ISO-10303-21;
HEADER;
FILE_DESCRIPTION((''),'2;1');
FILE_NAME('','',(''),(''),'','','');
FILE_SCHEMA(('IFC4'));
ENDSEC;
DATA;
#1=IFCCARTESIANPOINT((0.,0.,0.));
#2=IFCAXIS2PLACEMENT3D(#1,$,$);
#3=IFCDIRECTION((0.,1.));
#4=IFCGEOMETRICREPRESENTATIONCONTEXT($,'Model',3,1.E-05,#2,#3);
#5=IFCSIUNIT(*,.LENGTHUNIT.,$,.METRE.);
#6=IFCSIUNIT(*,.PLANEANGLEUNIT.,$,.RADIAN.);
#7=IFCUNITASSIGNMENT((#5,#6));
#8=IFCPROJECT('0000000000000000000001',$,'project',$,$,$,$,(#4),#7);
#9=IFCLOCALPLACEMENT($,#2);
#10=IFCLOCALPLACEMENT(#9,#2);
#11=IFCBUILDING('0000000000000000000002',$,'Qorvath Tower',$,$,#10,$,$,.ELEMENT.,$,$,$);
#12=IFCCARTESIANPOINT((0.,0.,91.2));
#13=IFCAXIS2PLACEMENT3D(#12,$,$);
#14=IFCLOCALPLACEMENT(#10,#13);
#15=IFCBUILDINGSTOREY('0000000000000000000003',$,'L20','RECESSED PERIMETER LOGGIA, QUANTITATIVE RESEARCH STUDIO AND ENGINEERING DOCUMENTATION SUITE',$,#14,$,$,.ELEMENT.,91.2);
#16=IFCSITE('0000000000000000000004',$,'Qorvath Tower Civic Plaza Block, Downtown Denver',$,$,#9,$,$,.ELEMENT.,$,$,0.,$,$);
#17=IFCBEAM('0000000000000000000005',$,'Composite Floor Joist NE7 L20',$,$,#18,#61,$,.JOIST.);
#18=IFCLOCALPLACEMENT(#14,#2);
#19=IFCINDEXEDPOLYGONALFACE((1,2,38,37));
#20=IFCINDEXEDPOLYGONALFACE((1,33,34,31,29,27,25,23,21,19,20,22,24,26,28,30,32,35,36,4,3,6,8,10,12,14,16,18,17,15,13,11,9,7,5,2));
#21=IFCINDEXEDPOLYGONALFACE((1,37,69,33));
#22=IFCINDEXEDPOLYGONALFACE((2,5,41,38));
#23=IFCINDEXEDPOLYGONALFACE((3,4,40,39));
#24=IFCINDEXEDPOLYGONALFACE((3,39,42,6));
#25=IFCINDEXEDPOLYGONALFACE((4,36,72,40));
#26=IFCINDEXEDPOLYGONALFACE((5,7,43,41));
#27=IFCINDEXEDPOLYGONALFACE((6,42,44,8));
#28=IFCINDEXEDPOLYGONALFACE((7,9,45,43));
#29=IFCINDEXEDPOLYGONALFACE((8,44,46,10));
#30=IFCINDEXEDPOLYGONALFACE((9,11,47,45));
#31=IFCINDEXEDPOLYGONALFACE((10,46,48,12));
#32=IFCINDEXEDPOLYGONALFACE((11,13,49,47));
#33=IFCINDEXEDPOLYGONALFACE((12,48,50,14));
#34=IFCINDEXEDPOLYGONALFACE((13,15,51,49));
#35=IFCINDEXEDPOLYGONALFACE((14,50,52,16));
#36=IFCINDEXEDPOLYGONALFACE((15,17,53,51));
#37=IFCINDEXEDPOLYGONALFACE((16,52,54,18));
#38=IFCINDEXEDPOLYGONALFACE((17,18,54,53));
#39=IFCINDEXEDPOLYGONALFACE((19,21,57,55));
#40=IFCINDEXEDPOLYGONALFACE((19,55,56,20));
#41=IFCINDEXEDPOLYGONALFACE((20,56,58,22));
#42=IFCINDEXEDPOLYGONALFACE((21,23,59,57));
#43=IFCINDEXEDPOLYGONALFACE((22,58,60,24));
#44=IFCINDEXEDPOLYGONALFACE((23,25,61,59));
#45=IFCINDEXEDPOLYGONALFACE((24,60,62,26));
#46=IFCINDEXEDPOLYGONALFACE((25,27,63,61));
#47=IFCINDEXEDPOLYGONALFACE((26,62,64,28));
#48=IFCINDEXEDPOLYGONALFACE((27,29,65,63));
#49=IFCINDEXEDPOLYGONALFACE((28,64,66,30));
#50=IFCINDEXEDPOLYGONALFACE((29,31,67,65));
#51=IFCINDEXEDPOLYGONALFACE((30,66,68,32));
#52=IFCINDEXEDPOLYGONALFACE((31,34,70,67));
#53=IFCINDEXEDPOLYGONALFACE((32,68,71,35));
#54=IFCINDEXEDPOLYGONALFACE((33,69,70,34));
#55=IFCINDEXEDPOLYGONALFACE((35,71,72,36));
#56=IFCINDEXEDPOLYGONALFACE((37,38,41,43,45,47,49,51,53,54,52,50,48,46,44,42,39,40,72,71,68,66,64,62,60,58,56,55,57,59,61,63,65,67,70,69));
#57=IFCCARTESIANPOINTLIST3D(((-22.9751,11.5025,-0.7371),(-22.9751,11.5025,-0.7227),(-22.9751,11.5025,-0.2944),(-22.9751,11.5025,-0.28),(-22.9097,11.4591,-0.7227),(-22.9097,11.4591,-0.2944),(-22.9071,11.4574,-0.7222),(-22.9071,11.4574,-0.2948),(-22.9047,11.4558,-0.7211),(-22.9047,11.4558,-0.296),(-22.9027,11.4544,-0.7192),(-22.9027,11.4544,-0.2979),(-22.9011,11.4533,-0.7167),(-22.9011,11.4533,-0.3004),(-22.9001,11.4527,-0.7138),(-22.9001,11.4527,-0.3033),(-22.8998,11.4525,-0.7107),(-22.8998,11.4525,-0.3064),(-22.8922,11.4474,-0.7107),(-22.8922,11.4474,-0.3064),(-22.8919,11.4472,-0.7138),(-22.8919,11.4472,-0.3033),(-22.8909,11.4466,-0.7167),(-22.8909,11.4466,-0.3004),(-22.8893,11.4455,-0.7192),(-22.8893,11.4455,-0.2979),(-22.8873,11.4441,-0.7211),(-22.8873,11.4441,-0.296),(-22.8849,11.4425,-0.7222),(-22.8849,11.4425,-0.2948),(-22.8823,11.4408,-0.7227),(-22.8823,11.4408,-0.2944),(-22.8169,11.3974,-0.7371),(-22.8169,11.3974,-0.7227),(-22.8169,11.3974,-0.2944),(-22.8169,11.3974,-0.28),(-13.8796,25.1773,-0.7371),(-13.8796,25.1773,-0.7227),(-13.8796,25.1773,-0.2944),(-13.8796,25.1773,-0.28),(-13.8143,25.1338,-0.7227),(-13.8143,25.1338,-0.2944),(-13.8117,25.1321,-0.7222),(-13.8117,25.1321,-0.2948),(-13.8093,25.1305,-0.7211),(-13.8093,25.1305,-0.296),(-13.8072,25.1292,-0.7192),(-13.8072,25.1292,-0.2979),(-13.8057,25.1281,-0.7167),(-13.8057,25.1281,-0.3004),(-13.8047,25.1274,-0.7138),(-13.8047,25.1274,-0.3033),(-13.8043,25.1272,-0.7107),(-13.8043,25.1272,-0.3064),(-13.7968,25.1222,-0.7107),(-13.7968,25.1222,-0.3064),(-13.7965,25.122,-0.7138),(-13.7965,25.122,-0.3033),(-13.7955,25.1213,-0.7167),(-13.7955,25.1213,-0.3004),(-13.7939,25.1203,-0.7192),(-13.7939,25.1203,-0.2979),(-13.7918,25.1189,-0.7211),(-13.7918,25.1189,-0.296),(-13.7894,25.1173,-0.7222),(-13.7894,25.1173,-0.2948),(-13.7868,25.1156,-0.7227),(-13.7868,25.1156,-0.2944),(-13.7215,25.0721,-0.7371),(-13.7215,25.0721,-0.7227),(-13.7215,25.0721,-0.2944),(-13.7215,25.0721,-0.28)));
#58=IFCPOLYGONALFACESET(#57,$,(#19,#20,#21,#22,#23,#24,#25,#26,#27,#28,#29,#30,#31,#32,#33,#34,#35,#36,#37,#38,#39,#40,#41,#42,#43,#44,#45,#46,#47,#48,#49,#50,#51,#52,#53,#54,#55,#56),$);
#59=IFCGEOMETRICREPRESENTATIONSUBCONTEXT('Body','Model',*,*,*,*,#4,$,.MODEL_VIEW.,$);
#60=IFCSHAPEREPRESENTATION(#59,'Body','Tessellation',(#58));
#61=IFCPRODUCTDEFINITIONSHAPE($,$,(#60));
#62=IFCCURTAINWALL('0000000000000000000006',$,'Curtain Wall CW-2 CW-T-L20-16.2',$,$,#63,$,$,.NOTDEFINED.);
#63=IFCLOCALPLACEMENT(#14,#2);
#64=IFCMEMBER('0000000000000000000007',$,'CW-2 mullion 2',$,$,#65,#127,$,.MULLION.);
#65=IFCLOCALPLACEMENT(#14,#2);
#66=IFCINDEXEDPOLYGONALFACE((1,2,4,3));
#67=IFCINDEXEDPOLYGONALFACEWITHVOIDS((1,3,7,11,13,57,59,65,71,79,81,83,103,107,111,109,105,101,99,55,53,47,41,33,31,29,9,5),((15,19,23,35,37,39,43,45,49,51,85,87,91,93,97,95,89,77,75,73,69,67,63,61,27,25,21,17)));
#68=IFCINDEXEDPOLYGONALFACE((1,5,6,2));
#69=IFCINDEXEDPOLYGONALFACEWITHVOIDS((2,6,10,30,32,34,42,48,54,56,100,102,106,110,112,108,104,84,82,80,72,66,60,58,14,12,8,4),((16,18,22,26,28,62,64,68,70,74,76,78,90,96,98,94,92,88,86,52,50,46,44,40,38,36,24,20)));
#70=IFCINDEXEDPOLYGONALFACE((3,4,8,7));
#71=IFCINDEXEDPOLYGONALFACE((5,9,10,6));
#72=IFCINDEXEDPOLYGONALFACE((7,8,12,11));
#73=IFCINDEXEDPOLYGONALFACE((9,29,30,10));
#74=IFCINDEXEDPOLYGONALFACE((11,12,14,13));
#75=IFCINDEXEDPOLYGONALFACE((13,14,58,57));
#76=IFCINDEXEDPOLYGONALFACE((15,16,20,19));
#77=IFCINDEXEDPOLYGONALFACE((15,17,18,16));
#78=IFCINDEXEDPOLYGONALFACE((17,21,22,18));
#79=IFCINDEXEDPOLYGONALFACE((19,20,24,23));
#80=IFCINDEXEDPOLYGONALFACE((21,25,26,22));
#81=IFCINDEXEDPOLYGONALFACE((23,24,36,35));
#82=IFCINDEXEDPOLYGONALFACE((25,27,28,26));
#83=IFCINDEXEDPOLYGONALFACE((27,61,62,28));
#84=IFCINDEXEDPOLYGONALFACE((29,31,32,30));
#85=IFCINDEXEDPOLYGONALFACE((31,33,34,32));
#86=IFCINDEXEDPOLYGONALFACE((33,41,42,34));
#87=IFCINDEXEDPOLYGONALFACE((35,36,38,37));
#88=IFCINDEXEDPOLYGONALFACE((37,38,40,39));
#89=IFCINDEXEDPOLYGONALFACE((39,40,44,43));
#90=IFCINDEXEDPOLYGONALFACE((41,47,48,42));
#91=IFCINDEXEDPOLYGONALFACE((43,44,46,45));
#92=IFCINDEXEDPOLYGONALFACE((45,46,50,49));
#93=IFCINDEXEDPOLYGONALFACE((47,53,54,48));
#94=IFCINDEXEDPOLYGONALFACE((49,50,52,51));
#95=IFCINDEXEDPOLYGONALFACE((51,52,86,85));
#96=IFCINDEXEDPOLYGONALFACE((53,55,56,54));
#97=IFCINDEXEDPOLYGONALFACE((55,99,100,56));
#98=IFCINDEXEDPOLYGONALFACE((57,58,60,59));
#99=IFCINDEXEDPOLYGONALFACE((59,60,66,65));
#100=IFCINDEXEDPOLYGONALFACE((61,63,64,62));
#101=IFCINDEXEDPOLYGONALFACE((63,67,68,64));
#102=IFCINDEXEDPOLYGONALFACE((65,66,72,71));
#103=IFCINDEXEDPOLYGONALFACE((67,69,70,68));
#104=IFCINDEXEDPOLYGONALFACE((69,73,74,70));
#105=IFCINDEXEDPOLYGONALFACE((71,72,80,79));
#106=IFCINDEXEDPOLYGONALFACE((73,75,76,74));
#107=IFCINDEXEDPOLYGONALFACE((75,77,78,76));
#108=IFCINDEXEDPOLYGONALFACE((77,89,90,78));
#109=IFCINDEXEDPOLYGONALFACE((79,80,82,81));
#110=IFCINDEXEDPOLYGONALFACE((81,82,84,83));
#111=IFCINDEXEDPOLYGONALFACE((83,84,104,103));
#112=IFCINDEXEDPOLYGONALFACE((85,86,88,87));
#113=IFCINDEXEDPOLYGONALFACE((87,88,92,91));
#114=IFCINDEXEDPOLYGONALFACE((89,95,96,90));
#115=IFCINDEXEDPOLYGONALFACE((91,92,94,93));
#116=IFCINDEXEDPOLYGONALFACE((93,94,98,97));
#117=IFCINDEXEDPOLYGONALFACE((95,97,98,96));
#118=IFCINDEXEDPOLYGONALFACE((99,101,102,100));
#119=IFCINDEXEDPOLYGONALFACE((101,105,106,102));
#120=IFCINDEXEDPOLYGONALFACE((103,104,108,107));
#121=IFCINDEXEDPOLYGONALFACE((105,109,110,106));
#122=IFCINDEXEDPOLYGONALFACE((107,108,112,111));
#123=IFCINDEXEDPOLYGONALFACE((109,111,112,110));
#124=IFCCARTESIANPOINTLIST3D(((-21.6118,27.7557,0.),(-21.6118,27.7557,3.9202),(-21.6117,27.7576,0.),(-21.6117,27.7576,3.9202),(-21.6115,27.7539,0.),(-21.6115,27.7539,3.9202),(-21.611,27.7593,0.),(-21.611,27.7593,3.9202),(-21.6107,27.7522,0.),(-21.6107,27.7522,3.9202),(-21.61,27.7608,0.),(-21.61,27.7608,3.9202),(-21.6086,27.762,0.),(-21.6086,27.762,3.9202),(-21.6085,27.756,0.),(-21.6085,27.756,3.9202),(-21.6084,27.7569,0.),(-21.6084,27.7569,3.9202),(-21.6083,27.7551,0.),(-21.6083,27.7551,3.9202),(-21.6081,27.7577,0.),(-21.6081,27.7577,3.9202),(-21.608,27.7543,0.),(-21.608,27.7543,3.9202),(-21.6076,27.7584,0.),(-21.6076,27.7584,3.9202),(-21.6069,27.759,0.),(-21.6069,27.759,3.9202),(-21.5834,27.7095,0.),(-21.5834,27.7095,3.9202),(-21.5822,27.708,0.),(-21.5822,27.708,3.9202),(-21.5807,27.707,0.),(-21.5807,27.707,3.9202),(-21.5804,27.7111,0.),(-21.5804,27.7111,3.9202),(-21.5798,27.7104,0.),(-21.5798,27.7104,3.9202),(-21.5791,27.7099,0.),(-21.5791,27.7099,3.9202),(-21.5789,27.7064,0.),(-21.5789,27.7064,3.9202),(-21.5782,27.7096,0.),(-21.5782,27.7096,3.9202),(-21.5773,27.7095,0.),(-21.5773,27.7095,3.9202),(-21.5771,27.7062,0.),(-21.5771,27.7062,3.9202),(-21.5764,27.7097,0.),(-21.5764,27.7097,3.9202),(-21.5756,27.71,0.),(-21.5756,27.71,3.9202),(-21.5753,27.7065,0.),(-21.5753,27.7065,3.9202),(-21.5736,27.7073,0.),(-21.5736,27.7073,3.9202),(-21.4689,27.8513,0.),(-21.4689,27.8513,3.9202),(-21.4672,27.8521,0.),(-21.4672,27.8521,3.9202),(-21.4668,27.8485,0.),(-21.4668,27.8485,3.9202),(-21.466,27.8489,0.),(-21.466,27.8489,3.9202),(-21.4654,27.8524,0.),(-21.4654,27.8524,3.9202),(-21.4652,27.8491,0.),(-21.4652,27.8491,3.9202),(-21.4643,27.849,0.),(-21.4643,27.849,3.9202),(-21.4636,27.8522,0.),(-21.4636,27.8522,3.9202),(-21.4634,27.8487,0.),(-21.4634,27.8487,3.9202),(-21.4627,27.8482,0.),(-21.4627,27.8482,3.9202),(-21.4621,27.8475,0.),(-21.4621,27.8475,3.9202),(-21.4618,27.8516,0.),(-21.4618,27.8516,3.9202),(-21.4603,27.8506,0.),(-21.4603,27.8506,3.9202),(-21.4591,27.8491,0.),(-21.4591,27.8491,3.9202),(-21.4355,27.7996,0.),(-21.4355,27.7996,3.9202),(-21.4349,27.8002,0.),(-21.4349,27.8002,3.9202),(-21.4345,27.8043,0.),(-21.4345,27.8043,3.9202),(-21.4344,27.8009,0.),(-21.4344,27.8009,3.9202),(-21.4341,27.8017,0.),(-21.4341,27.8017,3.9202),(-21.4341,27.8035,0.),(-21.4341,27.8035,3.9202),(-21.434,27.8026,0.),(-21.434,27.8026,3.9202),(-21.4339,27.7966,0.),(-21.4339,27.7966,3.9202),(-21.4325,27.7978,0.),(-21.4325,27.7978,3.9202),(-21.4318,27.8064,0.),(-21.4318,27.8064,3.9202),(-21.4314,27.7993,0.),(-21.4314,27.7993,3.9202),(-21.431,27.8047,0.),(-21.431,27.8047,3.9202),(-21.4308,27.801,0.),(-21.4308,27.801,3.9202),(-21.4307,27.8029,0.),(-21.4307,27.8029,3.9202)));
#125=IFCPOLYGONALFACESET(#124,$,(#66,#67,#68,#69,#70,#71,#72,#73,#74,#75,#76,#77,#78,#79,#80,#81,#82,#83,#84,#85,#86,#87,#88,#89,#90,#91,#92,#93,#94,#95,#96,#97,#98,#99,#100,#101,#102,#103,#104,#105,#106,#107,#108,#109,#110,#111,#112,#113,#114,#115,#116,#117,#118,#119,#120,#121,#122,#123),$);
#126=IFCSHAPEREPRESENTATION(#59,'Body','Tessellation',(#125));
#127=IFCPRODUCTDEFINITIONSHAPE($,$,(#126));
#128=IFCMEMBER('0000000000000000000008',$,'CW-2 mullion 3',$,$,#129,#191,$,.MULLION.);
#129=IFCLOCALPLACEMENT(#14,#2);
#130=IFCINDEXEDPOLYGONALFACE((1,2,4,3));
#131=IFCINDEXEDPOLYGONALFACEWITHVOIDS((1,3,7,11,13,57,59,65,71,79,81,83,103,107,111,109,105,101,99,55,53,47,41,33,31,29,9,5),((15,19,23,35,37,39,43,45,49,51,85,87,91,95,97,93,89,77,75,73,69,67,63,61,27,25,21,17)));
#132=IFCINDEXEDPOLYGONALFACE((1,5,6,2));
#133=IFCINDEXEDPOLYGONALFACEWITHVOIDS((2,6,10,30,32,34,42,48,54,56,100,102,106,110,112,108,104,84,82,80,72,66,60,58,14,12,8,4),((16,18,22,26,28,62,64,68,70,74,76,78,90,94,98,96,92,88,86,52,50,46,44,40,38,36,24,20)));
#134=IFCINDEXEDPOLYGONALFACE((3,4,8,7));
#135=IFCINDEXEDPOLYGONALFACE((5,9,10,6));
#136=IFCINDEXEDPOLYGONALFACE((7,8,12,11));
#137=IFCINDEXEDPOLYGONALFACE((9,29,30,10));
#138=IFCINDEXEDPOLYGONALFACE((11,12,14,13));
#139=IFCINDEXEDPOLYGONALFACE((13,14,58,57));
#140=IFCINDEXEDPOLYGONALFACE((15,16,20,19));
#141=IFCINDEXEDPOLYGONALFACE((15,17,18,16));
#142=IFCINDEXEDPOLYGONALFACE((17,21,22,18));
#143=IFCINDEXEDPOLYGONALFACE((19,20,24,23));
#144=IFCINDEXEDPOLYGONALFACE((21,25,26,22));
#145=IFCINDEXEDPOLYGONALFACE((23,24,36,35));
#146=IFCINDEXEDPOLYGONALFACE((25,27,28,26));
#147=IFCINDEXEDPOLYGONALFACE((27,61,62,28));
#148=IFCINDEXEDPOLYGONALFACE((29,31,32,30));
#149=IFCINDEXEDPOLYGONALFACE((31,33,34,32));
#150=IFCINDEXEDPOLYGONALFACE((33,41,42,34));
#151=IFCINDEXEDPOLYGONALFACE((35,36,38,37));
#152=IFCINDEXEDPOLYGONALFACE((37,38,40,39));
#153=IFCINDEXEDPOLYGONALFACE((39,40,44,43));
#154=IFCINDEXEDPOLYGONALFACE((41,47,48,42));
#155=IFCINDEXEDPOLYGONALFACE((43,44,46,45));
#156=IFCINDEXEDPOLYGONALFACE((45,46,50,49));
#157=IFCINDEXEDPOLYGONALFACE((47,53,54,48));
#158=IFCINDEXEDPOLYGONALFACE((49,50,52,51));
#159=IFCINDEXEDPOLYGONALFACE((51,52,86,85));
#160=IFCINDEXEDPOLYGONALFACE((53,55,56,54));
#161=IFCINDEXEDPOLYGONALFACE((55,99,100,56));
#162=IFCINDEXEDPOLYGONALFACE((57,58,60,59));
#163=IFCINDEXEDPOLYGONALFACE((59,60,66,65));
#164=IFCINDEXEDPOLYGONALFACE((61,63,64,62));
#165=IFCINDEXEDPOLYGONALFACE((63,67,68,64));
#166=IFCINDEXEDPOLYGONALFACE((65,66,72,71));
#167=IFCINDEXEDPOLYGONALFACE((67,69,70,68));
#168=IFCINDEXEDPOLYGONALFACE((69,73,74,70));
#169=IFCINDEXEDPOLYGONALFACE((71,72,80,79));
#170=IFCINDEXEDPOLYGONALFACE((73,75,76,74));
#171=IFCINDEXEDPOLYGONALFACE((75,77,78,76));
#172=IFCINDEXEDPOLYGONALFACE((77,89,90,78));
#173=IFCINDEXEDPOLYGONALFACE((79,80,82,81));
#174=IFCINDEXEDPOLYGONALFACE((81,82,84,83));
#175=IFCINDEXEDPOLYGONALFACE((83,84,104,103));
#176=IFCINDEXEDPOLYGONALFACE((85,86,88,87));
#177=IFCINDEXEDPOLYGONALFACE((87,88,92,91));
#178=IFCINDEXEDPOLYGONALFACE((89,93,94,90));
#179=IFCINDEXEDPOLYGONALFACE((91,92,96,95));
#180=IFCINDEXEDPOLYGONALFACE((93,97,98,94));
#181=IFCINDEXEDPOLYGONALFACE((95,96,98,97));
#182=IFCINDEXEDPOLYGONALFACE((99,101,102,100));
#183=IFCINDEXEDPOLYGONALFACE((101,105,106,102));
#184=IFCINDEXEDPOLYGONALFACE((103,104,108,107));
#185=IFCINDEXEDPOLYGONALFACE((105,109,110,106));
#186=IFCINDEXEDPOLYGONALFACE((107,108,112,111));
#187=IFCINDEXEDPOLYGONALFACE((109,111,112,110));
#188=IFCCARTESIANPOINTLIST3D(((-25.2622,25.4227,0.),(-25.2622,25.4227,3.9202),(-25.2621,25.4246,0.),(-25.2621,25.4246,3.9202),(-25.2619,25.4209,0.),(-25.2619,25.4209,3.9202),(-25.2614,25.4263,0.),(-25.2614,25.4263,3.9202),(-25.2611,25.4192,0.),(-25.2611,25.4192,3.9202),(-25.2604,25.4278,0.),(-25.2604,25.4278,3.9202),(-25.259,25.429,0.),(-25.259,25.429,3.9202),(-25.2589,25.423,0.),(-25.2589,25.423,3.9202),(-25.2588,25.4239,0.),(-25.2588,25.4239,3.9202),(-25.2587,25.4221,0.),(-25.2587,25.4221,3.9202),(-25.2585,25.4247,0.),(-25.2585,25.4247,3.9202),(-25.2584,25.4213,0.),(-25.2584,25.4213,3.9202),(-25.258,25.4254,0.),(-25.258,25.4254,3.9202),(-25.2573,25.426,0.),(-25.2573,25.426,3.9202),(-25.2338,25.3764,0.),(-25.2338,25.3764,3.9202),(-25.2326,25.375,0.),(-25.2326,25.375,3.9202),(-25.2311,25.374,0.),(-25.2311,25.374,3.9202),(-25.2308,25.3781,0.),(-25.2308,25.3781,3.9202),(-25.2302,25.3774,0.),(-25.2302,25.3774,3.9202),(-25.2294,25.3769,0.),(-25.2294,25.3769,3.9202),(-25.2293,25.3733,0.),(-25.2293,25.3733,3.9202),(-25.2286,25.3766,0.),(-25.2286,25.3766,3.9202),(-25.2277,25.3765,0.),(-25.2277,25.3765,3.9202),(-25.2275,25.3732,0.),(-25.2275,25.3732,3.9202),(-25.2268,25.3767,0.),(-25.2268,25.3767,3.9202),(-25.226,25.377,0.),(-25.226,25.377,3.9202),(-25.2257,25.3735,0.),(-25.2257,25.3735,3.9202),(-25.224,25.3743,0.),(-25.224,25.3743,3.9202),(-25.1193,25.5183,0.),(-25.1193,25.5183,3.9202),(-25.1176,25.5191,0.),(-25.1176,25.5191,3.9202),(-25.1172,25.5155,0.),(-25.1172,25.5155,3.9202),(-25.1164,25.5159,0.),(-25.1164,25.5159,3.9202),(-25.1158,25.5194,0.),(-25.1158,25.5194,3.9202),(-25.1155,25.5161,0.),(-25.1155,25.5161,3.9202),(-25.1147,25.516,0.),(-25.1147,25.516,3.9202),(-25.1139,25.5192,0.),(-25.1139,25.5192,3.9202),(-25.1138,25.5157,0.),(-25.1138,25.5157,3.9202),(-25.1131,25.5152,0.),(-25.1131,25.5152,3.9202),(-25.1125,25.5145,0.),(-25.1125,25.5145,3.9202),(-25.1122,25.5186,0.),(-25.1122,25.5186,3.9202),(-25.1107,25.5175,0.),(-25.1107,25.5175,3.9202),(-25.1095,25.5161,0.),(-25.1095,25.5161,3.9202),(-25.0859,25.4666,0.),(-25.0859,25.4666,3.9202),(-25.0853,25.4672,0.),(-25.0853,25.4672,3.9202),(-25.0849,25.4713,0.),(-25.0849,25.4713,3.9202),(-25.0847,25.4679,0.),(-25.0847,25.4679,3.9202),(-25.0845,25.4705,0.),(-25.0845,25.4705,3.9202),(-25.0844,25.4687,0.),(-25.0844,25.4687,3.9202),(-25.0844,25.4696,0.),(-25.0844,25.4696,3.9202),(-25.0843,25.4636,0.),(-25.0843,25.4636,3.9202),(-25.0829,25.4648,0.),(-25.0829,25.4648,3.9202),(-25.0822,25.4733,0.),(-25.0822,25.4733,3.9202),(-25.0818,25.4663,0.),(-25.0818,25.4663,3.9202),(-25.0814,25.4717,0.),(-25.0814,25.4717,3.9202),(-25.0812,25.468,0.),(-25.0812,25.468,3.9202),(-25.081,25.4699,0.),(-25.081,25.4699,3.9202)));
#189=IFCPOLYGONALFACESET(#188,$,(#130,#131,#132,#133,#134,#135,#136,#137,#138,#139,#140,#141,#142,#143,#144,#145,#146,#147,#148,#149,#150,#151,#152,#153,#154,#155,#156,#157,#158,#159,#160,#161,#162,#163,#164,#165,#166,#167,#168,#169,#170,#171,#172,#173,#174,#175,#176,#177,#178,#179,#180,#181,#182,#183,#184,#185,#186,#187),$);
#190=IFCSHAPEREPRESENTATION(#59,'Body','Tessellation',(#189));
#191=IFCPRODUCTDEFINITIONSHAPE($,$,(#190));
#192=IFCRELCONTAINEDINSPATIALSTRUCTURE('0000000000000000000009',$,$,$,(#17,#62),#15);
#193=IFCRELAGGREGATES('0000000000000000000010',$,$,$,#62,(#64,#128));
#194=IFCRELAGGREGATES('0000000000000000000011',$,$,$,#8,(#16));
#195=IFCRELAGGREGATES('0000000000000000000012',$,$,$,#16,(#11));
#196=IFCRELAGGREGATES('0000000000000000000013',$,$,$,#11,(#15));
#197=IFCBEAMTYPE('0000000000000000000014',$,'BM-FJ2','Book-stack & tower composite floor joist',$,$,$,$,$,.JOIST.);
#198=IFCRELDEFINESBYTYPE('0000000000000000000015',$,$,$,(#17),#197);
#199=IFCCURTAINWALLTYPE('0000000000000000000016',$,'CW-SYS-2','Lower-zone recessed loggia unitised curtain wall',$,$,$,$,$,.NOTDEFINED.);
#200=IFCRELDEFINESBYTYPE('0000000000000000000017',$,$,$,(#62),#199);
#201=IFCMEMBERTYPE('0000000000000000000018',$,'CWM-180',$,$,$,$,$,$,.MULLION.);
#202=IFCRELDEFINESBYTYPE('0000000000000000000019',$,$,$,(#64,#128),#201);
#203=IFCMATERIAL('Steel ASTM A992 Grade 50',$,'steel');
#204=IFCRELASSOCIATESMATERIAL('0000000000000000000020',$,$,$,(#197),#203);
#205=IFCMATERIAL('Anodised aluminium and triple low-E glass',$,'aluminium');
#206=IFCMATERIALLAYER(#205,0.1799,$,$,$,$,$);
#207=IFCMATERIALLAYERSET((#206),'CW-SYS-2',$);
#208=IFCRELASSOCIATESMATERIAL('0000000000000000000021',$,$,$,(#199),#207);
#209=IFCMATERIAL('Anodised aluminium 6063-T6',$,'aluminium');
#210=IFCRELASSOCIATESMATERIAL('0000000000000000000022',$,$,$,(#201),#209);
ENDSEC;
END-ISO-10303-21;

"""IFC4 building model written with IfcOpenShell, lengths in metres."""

from ifc_helpers import new_model, si_unit, direction, frame, origin, origin_2d, place, context, subcontext, project, spatial, hollow_rectangle, i_section, extrude, material, layer, layer_set, material_profile, profile_set, type_object, element, aggregate, save


model = new_model("IFC4")

# Units and contexts
model_context = context("Model", 3, precision=1e-05, world=origin(), true_north=direction((0.0, 1.0)))
body_context = subcontext(model_context, "Body", "Model", "MODEL_VIEW")
ifc_project = project(units=[si_unit("LENGTHUNIT", "METRE"), si_unit("PLANEANGLEUNIT", "RADIAN")], contexts=[model_context])

# Site, building, storey
site_placement = place(None, origin())
site = spatial("IfcSite", under=ifc_project, at=site_placement, Name="Qorvath Tower Civic Plaza Block, Downtown Denver", CompositionType="ELEMENT", RefElevation=0.0)
building_placement = place(site_placement, origin())
building = spatial("IfcBuilding", under=site, at=building_placement, Name="Qorvath Tower", CompositionType="ELEMENT")
storey_placement = place(building_placement, frame((0.0, 0.0, 91.2)))
storey = spatial("IfcBuildingStorey", under=building, at=storey_placement, Name="L20", Description="RECESSED PERIMETER LOGGIA, QUANTITATIVE RESEARCH STUDIO AND ENGINEERING DOCUMENTATION SUITE", CompositionType="ELEMENT", Elevation=91.2)

# Beam
ifc_material_1 = material(Name="Steel ASTM A992 Grade 50", Category="steel")
ifc_material_profile_1 = material_profile(ifc_material_1, i_section(OverallWidth=0.1899, OverallDepth=0.457, WebThickness=0.009, FlangeThickness=0.0144, FilletRadius=0.012, at=origin_2d()), Name="W18x50")
ifc_profile_set_1 = profile_set([ifc_material_profile_1], Name="Steel ASTM A992 Grade 50")
beam_type_1 = type_object("IfcBeamType", Name="BM-FJ2", Description="Book-stack & tower composite floor joist", PredefinedType="JOIST", material=ifc_profile_set_1)
beam_1_placement = place(storey_placement, frame((-22.896, 11.45, -0.5085), z_axis=(0.553811, 0.832642, 0.0), x_axis=(-0.832642, 0.553811, 0.0)))
element("IfcBeam", 1, at=beam_1_placement, inside=storey, type_object=beam_type_1, Name="Composite Floor Joist NE7 L20", PredefinedType="JOIST", context=body_context, shape_type="SweptSolid", body=[
    extrude(i_section(OverallWidth=0.1899, OverallDepth=0.457, WebThickness=0.009, FlangeThickness=0.0144, FilletRadius=0.012, at=origin_2d()), origin(), (0.0, 0.0, 1.0), 16.4233),
])

# Curtain wall, members
ifc_material_2 = material(Name="Anodised aluminium and triple low-E glass", Category="aluminium")
ifc_layer_1 = layer(ifc_material_2, 0.1799)
ifc_layer_set_1 = layer_set([ifc_layer_1], Name="CW-SYS-2")
curtain_wall_type = type_object("IfcCurtainWallType", Name="CW-SYS-2", Description="Lower-zone recessed loggia unitised curtain wall", PredefinedType="NOTDEFINED", material=ifc_layer_set_1)
curtain_wall_1_placement = place(storey_placement, origin())
curtain_wall_1 = element("IfcCurtainWall", 2, at=curtain_wall_1_placement, inside=storey, type_object=curtain_wall_type, Name="Curtain Wall CW-2 CW-T-L20-16.2", PredefinedType="NOTDEFINED")
ifc_material_3 = material(Name="Anodised aluminium 6063-T6", Category="aluminium")
ifc_material_profile_2 = material_profile(ifc_material_3, hollow_rectangle(XDim=0.0649, YDim=0.1799, WallThickness=0.0034, InnerFilletRadius=0.0034, OuterFilletRadius=0.0071, at=origin_2d()), Name="CWM 180x65")
ifc_profile_set_2 = profile_set([ifc_material_profile_2], Name="Anodised aluminium 6063-T6")
member_type_1 = type_object("IfcMemberType", Name="CWM-180", PredefinedType="MULLION", material=ifc_profile_set_2)
member_1_placement = place(storey_placement, frame((-21.5212, 27.7793, 0.0), z_axis=(0.0, 0.0, 1.0), x_axis=(0.53854, -0.8426, 0.0)))
member_1 = element("IfcMember", 3, at=member_1_placement, type_object=member_type_1, Name="CW-2 mullion 2", PredefinedType="MULLION", context=body_context, shape_type="SweptSolid", body=[
    extrude(hollow_rectangle(XDim=0.0649, YDim=0.1799, WallThickness=0.0034, InnerFilletRadius=0.0034, OuterFilletRadius=0.0071, at=origin_2d()), origin(), (0.0, 0.0, 1.0), 3.9202),
])
member_2_placement = place(storey_placement, frame((-25.1716, 25.4463, 0.0), z_axis=(0.0, 0.0, 1.0), x_axis=(0.53854, -0.8426, 0.0)))
member_2 = element("IfcMember", 4, at=member_2_placement, type_object=member_type_1, Name="CW-2 mullion 3", PredefinedType="MULLION", context=body_context, shape_type="SweptSolid", body=[
    extrude(hollow_rectangle(XDim=0.0649, YDim=0.1799, WallThickness=0.0034, InnerFilletRadius=0.0034, OuterFilletRadius=0.0071, at=origin_2d()), origin(), (0.0, 0.0, 1.0), 3.9202),
])

aggregate(curtain_wall_1, [member_1, member_2])

save(model, "model.ifc")
